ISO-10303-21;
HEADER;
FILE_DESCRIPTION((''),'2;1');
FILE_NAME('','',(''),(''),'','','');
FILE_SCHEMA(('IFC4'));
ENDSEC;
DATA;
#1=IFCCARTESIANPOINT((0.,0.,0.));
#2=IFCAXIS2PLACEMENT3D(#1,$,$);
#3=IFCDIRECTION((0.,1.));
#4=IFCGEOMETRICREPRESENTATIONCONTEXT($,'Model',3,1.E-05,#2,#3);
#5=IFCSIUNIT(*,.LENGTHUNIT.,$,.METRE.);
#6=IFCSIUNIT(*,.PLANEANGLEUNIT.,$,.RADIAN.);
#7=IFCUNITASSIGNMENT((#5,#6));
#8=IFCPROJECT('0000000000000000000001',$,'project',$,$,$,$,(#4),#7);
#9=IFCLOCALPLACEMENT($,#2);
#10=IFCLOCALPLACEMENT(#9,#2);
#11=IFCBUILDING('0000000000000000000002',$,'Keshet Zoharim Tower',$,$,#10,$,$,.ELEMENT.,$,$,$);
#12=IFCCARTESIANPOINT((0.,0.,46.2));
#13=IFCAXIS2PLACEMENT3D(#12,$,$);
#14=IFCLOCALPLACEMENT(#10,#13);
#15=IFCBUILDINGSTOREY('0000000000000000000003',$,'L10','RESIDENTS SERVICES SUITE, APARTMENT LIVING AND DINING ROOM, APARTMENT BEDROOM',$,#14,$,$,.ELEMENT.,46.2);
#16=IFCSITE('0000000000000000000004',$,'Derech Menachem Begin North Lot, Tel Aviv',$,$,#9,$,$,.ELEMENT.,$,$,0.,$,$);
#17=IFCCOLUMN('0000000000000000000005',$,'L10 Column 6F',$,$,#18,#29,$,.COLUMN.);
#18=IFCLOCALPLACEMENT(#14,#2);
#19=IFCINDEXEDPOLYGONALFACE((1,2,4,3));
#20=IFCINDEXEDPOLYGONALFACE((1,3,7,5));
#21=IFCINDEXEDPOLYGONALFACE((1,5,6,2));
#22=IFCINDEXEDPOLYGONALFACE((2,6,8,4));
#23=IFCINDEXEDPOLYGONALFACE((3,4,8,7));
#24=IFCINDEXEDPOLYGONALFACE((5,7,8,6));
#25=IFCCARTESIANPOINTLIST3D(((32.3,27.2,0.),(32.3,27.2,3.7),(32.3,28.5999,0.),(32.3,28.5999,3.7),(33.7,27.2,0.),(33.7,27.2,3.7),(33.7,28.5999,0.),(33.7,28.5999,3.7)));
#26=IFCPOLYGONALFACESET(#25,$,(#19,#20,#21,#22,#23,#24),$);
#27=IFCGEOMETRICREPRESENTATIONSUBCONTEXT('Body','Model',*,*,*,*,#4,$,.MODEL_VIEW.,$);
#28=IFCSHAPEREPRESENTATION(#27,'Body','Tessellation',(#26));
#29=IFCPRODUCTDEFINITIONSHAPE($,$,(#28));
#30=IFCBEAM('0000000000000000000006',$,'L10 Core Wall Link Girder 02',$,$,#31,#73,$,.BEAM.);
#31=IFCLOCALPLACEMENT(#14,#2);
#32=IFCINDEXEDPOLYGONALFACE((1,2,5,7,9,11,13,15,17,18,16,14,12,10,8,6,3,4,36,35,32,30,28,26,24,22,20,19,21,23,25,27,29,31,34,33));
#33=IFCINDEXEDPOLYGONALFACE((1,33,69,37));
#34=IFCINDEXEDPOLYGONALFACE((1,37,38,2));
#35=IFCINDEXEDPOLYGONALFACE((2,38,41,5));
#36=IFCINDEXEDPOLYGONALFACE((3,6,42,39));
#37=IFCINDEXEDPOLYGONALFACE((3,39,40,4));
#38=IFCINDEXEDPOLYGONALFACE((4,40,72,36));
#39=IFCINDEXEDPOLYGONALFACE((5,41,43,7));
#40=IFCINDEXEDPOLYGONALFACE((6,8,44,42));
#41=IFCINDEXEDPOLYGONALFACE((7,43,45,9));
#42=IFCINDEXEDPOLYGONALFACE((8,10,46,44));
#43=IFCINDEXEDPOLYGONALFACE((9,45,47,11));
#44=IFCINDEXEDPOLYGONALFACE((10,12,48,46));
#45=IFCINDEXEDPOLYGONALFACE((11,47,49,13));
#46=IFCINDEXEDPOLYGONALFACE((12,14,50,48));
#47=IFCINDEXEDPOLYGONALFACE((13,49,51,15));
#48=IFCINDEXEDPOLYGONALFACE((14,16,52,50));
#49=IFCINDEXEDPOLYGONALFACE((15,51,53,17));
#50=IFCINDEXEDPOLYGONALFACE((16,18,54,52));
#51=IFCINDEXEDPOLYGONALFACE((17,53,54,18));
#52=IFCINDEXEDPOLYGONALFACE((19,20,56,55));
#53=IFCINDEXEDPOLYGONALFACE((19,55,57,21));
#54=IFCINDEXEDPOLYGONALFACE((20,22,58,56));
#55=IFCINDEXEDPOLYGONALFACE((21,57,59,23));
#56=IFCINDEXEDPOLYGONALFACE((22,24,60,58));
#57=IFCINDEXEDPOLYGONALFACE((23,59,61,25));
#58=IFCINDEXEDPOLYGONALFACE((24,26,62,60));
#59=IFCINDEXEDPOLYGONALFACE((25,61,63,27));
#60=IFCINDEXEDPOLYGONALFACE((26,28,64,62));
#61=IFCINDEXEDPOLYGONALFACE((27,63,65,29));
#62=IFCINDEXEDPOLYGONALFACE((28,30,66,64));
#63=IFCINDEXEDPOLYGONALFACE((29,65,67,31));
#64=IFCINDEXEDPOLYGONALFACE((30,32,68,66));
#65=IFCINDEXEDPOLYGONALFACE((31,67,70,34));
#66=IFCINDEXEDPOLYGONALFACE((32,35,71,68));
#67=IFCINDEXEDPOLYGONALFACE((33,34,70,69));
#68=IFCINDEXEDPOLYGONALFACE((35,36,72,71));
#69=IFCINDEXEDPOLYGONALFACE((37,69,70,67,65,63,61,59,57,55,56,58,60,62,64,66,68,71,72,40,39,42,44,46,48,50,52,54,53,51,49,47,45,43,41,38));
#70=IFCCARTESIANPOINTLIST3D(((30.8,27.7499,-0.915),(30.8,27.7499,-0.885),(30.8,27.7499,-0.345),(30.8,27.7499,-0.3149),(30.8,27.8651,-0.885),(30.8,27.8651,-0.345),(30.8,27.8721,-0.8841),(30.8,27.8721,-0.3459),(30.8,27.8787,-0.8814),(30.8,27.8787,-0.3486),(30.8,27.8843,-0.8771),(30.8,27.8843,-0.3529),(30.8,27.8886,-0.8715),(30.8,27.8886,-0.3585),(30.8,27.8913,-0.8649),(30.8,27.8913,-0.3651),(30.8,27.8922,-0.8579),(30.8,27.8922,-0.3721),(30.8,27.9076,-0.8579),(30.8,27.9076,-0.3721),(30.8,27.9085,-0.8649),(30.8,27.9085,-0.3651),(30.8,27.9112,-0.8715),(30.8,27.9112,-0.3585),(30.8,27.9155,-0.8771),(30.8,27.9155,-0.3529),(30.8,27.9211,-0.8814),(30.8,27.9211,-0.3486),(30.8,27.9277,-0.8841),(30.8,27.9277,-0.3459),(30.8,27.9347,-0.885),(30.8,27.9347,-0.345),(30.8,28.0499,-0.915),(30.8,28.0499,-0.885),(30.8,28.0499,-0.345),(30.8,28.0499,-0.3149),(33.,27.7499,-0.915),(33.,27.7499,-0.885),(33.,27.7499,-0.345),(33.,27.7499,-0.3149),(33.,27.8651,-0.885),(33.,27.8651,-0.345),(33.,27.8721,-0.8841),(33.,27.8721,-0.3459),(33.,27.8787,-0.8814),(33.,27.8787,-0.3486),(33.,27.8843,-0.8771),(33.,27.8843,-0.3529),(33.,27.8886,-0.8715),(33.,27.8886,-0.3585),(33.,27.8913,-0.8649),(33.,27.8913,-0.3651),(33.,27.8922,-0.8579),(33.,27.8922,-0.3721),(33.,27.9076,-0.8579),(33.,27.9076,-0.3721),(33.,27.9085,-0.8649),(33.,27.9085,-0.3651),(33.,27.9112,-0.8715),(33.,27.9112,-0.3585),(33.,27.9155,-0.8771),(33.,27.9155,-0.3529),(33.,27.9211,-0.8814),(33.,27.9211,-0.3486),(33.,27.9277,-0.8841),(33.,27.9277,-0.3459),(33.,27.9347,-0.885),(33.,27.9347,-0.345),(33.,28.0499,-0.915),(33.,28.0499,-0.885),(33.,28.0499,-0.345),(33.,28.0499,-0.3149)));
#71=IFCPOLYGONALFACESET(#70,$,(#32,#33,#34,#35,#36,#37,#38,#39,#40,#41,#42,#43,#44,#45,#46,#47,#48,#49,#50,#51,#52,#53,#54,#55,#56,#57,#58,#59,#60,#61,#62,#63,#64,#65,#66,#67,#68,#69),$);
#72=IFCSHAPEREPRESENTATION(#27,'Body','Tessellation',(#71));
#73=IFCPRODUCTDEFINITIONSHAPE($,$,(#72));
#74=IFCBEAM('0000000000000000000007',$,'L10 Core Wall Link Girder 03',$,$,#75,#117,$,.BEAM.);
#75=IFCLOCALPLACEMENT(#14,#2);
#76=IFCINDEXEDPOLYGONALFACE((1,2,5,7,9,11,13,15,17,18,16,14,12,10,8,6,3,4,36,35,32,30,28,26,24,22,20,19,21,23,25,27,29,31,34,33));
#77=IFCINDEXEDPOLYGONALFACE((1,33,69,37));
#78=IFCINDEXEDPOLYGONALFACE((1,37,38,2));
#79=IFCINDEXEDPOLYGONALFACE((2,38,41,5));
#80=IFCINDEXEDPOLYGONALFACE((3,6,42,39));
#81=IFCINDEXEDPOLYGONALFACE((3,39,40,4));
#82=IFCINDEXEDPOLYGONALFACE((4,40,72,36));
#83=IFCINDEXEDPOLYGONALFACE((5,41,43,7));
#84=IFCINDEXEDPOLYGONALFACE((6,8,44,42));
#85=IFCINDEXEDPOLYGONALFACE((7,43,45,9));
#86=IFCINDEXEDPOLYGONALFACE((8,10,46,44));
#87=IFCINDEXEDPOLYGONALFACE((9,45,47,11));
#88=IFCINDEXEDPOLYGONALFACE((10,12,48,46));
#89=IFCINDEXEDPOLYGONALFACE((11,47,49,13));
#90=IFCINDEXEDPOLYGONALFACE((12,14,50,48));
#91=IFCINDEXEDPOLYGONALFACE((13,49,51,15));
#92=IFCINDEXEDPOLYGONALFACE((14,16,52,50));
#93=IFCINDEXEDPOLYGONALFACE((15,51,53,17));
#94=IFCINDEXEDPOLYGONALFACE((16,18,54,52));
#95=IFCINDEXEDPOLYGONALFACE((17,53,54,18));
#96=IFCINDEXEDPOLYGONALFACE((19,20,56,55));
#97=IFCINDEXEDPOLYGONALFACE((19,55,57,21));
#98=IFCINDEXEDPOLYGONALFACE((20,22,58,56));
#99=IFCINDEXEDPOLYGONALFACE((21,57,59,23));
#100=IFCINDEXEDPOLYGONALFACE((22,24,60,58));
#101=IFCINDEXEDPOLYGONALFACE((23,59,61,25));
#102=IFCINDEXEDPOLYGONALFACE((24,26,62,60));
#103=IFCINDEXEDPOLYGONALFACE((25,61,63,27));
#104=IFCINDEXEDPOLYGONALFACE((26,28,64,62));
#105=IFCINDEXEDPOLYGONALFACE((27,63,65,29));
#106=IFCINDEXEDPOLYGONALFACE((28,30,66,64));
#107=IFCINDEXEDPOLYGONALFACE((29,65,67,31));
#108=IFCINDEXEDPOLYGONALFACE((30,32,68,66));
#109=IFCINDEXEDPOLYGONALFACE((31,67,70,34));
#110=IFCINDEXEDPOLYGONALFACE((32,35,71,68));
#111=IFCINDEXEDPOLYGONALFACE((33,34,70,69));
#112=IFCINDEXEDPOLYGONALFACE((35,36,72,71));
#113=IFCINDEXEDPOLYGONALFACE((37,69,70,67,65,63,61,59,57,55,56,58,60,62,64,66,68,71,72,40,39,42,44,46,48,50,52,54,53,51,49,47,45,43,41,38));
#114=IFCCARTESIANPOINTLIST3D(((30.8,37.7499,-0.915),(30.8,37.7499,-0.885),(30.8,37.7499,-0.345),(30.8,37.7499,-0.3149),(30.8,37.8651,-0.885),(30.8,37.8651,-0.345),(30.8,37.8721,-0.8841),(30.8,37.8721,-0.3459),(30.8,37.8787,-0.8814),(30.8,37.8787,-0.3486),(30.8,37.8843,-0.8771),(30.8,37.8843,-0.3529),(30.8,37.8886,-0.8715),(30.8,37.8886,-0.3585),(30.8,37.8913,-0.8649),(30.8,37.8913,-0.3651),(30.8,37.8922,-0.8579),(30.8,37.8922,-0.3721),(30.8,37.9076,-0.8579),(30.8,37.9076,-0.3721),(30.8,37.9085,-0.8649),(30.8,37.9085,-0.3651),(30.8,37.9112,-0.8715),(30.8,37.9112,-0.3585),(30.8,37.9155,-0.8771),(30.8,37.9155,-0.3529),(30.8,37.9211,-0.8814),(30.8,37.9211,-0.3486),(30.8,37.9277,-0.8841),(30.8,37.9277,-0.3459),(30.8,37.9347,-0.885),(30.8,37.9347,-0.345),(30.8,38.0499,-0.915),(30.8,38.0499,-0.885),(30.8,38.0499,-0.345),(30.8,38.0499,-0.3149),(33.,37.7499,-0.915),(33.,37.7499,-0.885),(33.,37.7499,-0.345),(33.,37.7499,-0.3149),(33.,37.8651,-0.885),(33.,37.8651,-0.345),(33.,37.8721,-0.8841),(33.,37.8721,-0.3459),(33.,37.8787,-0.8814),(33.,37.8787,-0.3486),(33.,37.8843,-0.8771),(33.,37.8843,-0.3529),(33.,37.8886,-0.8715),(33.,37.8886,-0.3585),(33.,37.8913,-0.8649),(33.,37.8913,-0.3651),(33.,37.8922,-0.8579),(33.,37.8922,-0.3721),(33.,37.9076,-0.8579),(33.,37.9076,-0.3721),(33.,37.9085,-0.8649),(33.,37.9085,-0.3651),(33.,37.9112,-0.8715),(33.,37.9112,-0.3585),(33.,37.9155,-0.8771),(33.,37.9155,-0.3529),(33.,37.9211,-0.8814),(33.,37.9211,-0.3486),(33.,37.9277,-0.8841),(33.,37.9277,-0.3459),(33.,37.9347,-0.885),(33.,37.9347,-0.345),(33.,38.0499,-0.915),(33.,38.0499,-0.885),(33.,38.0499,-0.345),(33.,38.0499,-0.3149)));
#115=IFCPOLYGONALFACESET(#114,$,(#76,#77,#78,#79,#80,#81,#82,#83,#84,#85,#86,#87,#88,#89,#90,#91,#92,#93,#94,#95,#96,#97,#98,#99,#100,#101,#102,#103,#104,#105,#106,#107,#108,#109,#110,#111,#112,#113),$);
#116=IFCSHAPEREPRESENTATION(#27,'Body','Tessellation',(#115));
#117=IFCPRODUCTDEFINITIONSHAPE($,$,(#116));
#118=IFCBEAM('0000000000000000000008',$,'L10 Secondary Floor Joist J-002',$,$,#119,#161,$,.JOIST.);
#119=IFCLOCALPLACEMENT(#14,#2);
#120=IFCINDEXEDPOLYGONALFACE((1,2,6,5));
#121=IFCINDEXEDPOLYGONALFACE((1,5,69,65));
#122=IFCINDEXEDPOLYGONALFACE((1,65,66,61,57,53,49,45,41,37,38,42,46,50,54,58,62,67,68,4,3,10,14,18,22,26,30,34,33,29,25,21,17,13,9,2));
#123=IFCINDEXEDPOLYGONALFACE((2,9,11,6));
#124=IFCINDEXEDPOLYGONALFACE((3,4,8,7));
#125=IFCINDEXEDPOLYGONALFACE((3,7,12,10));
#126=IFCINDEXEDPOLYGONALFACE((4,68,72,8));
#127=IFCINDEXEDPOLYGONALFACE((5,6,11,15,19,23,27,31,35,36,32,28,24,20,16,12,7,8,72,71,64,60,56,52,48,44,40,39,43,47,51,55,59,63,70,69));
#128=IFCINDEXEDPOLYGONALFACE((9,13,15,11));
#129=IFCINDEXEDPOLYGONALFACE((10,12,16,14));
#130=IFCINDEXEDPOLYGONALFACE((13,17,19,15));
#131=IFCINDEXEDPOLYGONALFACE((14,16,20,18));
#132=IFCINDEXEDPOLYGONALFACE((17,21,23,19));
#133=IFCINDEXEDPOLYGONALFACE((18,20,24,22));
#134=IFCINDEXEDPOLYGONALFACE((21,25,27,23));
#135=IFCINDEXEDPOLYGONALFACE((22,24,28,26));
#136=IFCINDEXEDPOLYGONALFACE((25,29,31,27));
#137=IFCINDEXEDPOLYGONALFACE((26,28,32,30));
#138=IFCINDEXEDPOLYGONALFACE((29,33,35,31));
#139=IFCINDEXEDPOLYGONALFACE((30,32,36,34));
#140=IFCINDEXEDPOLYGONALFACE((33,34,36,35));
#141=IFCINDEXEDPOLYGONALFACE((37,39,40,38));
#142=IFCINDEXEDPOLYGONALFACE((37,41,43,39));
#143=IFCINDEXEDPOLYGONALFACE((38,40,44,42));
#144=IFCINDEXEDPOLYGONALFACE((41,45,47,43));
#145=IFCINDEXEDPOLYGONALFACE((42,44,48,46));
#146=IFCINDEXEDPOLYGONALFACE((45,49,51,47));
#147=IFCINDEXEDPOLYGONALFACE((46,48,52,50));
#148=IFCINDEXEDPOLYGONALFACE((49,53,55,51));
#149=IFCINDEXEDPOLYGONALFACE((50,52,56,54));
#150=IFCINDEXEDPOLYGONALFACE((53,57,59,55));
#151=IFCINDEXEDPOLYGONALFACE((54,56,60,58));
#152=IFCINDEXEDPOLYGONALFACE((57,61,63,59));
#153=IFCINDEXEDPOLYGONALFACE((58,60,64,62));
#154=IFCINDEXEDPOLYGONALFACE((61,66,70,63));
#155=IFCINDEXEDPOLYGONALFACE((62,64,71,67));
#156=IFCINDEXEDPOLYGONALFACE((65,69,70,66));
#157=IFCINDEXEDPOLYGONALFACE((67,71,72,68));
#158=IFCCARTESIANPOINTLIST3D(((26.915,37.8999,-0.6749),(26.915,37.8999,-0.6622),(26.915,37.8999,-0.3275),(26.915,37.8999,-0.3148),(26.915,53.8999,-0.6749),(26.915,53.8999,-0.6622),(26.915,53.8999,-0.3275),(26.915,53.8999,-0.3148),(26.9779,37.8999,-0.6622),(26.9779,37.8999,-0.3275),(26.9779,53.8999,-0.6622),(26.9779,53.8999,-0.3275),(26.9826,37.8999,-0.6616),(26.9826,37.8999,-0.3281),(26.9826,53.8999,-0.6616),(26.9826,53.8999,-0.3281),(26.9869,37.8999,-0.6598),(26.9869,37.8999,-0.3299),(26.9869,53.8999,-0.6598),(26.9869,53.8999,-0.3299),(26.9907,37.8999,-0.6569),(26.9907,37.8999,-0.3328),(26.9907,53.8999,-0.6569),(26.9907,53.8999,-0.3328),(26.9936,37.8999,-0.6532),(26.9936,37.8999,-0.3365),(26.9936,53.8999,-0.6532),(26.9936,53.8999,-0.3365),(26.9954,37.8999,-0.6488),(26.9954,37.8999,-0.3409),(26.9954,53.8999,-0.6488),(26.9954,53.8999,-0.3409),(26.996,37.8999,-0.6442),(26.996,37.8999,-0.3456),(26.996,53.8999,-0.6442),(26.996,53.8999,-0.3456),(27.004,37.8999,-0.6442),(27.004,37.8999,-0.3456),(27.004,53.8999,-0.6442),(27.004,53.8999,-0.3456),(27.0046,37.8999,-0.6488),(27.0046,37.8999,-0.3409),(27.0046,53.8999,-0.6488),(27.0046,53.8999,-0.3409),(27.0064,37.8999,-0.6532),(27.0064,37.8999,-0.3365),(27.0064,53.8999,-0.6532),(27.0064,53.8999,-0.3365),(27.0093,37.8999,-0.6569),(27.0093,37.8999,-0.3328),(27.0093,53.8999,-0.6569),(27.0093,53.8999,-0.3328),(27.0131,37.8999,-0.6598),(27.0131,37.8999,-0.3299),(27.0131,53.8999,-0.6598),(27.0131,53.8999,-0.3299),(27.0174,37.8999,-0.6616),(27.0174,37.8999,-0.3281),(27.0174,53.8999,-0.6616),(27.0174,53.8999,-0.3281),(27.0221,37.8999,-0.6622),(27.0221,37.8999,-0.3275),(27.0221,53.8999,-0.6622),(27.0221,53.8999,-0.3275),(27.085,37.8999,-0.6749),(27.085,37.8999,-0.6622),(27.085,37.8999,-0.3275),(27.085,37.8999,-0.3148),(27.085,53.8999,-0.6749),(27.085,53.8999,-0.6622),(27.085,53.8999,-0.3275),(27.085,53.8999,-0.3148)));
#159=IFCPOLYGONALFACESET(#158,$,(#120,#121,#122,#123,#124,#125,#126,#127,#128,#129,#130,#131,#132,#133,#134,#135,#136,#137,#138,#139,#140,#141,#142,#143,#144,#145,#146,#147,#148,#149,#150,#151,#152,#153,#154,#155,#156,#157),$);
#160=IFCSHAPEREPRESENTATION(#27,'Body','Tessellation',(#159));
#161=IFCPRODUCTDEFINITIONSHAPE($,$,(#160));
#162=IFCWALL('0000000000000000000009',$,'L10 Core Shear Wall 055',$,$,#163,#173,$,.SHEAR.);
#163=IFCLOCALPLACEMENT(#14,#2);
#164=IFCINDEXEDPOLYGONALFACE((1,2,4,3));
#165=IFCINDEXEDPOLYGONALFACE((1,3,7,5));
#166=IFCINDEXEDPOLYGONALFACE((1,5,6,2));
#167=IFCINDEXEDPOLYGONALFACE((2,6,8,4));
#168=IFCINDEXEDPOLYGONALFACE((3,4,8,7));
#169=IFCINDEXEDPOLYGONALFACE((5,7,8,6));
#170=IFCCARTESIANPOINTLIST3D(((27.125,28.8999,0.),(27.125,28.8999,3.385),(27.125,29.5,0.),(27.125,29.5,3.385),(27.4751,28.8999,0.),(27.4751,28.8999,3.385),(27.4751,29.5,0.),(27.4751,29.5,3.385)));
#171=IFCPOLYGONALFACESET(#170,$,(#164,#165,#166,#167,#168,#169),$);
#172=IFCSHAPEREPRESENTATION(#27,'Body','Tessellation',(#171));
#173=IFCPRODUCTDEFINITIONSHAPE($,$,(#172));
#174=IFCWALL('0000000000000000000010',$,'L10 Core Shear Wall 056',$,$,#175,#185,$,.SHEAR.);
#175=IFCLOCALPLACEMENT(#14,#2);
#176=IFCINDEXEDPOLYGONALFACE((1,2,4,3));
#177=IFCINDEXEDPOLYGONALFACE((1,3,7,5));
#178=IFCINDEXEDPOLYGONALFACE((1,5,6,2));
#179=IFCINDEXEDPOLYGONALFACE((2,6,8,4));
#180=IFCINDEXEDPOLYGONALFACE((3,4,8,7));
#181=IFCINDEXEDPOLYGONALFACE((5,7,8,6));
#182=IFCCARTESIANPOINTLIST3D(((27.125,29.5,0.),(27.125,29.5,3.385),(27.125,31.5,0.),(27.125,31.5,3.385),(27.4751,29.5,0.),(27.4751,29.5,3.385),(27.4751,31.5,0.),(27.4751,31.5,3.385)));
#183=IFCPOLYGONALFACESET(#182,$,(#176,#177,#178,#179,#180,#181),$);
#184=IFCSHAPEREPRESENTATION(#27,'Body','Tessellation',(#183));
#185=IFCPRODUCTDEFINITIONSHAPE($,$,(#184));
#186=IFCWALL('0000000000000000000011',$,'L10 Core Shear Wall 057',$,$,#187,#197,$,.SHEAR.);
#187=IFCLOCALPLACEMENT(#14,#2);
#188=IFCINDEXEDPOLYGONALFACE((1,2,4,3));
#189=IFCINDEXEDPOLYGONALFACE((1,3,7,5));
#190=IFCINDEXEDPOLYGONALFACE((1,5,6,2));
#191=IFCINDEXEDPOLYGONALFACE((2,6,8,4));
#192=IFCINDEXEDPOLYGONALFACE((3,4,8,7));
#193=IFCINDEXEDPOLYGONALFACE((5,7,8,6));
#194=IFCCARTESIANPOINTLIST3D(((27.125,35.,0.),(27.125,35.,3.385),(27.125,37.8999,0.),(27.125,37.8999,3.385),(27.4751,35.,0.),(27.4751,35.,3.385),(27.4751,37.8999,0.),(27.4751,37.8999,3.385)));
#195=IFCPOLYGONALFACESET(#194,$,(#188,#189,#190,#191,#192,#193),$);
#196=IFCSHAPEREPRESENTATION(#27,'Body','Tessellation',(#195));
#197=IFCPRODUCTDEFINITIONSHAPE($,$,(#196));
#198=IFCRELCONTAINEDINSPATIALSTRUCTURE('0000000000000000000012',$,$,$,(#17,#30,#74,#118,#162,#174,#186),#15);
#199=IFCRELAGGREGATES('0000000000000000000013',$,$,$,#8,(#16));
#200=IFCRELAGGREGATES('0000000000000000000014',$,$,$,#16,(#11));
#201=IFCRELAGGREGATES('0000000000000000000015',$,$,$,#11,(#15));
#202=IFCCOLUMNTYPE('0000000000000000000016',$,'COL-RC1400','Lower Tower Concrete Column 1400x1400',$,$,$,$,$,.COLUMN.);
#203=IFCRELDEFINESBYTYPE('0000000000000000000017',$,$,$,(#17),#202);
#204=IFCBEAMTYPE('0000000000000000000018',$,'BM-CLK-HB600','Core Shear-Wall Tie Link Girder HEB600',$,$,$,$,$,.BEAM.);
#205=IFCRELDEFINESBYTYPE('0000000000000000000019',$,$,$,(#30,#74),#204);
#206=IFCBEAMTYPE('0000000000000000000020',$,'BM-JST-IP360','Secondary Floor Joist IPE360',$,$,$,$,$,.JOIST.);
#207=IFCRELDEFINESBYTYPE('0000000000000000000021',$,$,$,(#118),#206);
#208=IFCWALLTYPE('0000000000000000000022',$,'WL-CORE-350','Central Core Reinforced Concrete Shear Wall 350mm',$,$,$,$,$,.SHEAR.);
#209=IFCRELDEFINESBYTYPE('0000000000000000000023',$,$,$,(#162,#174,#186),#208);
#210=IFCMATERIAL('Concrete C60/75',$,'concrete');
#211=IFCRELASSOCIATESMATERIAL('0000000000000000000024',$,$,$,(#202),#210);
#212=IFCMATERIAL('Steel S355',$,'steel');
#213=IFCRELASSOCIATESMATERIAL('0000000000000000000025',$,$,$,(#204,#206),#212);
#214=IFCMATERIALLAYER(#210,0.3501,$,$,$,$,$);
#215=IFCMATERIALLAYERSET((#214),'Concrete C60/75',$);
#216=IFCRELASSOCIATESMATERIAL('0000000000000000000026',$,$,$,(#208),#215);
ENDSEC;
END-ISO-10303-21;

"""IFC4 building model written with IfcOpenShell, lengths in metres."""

from ifc_helpers import new_model, si_unit, direction, frame, frame_2d, origin, origin_2d, place, context, subcontext, project, spatial, rectangle, i_section, extrude, material, layer, layer_set, material_profile, profile_set, type_object, element, save


model = new_model("IFC4")

# Units and contexts
model_context = context("Model", 3, precision=1e-05, world=origin(), true_north=direction((0.0, 1.0)))
body_context = subcontext(model_context, "Body", "Model", "MODEL_VIEW")
ifc_project = project(units=[si_unit("LENGTHUNIT", "METRE"), si_unit("PLANEANGLEUNIT", "RADIAN")], contexts=[model_context])

# Site, building, storey
site_placement = place(None, origin())
site = spatial("IfcSite", under=ifc_project, at=site_placement, Name="Derech Menachem Begin North Lot, Tel Aviv", CompositionType="ELEMENT", RefElevation=0.0)
building_placement = place(site_placement, origin())
building = spatial("IfcBuilding", under=site, at=building_placement, Name="Keshet Zoharim Tower", CompositionType="ELEMENT")
storey_placement = place(building_placement, frame((0.0, 0.0, 46.2)))
storey = spatial("IfcBuildingStorey", under=building, at=storey_placement, Name="L10", Description="RESIDENTS SERVICES SUITE, APARTMENT LIVING AND DINING ROOM, APARTMENT BEDROOM", CompositionType="ELEMENT", Elevation=46.2)

# Column
ifc_material_1 = material(Name="Concrete C60/75", Category="concrete")
ifc_material_profile_1 = material_profile(ifc_material_1, rectangle(XDim=1.3999, YDim=1.3999, at=origin_2d()), Name="RC1400x1400")
ifc_profile_set_1 = profile_set([ifc_material_profile_1], Name="Concrete C60/75")
column_type = type_object("IfcColumnType", Name="COL-RC1400", Description="Lower Tower Concrete Column 1400x1400", PredefinedType="COLUMN", material=ifc_profile_set_1)
column_placement = place(storey_placement, frame((33.0, 27.8999, 0.0), z_axis=(0.0, 0.0, 1.0), x_axis=(1.0, 0.0, 0.0)))
element("IfcColumn", 1, at=column_placement, inside=storey, type_object=column_type, Name="L10 Column 6F", PredefinedType="COLUMN", context=body_context, shape_type="SweptSolid", body=[
    extrude(rectangle(XDim=1.3999, YDim=1.3999, at=origin_2d()), origin(), (0.0, 0.0, 1.0), 3.7),
])

# Beams
ifc_material_2 = material(Name="Steel S355", Category="steel")
ifc_material_profile_2 = material_profile(ifc_material_2, i_section(OverallWidth=0.3, OverallDepth=0.6001, WebThickness=0.0154, FlangeThickness=0.03, FilletRadius=0.0271, at=origin_2d()), Name="HEB600")
ifc_profile_set_2 = profile_set([ifc_material_profile_2], Name="Steel S355")
beam_type_1 = type_object("IfcBeamType", Name="BM-CLK-HB600", Description="Core Shear-Wall Tie Link Girder HEB600", PredefinedType="BEAM", material=ifc_profile_set_2)
for number, where, z_axis, x_axis, name in (
    (2, (30.8, 27.8999, -0.615), (1.0, 0.0, 0.0), (0.0, 1.0, 0.0), "L10 Core Wall Link Girder 02"),
    (3, (30.8, 37.8999, -0.615), (1.0, 0.0, 0.0), (0.0, 1.0, 0.0), "L10 Core Wall Link Girder 03"),
):
    element("IfcBeam", number, at=place(storey_placement, frame(where, z_axis=z_axis, x_axis=x_axis)), inside=storey, type_object=beam_type_1, Name=name, PredefinedType="BEAM", context=body_context, shape_type="SweptSolid", body=[
        extrude(i_section(OverallWidth=0.3, OverallDepth=0.6001, WebThickness=0.0154, FlangeThickness=0.03, FilletRadius=0.0271, at=origin_2d()), origin(), (0.0, 0.0, 1.0), 2.2),
    ])
ifc_material_profile_3 = material_profile(ifc_material_2, i_section(OverallWidth=0.1699, OverallDepth=0.3601, WebThickness=0.0081, FlangeThickness=0.0127, FilletRadius=0.0181, at=origin_2d()), Name="IPE360")
ifc_profile_set_3 = profile_set([ifc_material_profile_3], Name="Steel S355")
beam_type_2 = type_object("IfcBeamType", Name="BM-JST-IP360", Description="Secondary Floor Joist IPE360", PredefinedType="JOIST", material=ifc_profile_set_3)
beam_placement = place(storey_placement, frame((27.0, 37.8999, -0.4949), z_axis=(0.0, 1.0, 0.0), x_axis=(-1.0, 0.0, 0.0)))
element("IfcBeam", 4, at=beam_placement, inside=storey, type_object=beam_type_2, Name="L10 Secondary Floor Joist J-002", PredefinedType="JOIST", context=body_context, shape_type="SweptSolid", body=[
    extrude(i_section(OverallWidth=0.1699, OverallDepth=0.3601, WebThickness=0.0081, FlangeThickness=0.0127, FilletRadius=0.0181, at=origin_2d()), origin(), (0.0, 0.0, 1.0), 16.0),
])

# Walls
ifc_layer_1 = layer(ifc_material_1, 0.3501)
ifc_layer_set_1 = layer_set([ifc_layer_1], Name="Concrete C60/75")
wall_type_1 = type_object("IfcWallType", Name="WL-CORE-350", Description="Central Core Reinforced Concrete Shear Wall 350mm", PredefinedType="SHEAR", material=ifc_layer_set_1)
wall_1_placement = place(storey_placement, frame((27.3, 28.8999, 0.0), z_axis=(0.0, 0.0, 1.0), x_axis=(0.0, 1.0, 0.0)))
element("IfcWall", 5, at=wall_1_placement, inside=storey, type_object=wall_type_1, Name="L10 Core Shear Wall 055", PredefinedType="SHEAR", context=body_context, shape_type="SweptSolid", body=[
    extrude(rectangle(XDim=0.6001, YDim=0.3501, at=frame_2d((0.3, 0.0))), origin(), (0.0, 0.0, 1.0), 3.385),
])
wall_2_placement = place(storey_placement, frame((27.3, 29.5, 0.0), z_axis=(0.0, 0.0, 1.0), x_axis=(0.0, 1.0, 0.0)))
element("IfcWall", 6, at=wall_2_placement, inside=storey, type_object=wall_type_1, Name="L10 Core Shear Wall 056", PredefinedType="SHEAR", context=body_context, shape_type="SweptSolid", body=[
    extrude(rectangle(XDim=2.0, YDim=0.3501, at=frame_2d((1.0, 0.0))), origin(), (0.0, 0.0, 1.0), 3.385),
])
wall_3_placement = place(storey_placement, frame((27.3, 35.0, 0.0), z_axis=(0.0, 0.0, 1.0), x_axis=(0.0, 1.0, 0.0)))
element("IfcWall", 7, at=wall_3_placement, inside=storey, type_object=wall_type_1, Name="L10 Core Shear Wall 057", PredefinedType="SHEAR", context=body_context, shape_type="SweptSolid", body=[
    extrude(rectangle(XDim=2.8999, YDim=0.3501, at=frame_2d((1.45, 0.0))), origin(), (0.0, 0.0, 1.0), 3.385),
])

save(model, "model.ifc")
